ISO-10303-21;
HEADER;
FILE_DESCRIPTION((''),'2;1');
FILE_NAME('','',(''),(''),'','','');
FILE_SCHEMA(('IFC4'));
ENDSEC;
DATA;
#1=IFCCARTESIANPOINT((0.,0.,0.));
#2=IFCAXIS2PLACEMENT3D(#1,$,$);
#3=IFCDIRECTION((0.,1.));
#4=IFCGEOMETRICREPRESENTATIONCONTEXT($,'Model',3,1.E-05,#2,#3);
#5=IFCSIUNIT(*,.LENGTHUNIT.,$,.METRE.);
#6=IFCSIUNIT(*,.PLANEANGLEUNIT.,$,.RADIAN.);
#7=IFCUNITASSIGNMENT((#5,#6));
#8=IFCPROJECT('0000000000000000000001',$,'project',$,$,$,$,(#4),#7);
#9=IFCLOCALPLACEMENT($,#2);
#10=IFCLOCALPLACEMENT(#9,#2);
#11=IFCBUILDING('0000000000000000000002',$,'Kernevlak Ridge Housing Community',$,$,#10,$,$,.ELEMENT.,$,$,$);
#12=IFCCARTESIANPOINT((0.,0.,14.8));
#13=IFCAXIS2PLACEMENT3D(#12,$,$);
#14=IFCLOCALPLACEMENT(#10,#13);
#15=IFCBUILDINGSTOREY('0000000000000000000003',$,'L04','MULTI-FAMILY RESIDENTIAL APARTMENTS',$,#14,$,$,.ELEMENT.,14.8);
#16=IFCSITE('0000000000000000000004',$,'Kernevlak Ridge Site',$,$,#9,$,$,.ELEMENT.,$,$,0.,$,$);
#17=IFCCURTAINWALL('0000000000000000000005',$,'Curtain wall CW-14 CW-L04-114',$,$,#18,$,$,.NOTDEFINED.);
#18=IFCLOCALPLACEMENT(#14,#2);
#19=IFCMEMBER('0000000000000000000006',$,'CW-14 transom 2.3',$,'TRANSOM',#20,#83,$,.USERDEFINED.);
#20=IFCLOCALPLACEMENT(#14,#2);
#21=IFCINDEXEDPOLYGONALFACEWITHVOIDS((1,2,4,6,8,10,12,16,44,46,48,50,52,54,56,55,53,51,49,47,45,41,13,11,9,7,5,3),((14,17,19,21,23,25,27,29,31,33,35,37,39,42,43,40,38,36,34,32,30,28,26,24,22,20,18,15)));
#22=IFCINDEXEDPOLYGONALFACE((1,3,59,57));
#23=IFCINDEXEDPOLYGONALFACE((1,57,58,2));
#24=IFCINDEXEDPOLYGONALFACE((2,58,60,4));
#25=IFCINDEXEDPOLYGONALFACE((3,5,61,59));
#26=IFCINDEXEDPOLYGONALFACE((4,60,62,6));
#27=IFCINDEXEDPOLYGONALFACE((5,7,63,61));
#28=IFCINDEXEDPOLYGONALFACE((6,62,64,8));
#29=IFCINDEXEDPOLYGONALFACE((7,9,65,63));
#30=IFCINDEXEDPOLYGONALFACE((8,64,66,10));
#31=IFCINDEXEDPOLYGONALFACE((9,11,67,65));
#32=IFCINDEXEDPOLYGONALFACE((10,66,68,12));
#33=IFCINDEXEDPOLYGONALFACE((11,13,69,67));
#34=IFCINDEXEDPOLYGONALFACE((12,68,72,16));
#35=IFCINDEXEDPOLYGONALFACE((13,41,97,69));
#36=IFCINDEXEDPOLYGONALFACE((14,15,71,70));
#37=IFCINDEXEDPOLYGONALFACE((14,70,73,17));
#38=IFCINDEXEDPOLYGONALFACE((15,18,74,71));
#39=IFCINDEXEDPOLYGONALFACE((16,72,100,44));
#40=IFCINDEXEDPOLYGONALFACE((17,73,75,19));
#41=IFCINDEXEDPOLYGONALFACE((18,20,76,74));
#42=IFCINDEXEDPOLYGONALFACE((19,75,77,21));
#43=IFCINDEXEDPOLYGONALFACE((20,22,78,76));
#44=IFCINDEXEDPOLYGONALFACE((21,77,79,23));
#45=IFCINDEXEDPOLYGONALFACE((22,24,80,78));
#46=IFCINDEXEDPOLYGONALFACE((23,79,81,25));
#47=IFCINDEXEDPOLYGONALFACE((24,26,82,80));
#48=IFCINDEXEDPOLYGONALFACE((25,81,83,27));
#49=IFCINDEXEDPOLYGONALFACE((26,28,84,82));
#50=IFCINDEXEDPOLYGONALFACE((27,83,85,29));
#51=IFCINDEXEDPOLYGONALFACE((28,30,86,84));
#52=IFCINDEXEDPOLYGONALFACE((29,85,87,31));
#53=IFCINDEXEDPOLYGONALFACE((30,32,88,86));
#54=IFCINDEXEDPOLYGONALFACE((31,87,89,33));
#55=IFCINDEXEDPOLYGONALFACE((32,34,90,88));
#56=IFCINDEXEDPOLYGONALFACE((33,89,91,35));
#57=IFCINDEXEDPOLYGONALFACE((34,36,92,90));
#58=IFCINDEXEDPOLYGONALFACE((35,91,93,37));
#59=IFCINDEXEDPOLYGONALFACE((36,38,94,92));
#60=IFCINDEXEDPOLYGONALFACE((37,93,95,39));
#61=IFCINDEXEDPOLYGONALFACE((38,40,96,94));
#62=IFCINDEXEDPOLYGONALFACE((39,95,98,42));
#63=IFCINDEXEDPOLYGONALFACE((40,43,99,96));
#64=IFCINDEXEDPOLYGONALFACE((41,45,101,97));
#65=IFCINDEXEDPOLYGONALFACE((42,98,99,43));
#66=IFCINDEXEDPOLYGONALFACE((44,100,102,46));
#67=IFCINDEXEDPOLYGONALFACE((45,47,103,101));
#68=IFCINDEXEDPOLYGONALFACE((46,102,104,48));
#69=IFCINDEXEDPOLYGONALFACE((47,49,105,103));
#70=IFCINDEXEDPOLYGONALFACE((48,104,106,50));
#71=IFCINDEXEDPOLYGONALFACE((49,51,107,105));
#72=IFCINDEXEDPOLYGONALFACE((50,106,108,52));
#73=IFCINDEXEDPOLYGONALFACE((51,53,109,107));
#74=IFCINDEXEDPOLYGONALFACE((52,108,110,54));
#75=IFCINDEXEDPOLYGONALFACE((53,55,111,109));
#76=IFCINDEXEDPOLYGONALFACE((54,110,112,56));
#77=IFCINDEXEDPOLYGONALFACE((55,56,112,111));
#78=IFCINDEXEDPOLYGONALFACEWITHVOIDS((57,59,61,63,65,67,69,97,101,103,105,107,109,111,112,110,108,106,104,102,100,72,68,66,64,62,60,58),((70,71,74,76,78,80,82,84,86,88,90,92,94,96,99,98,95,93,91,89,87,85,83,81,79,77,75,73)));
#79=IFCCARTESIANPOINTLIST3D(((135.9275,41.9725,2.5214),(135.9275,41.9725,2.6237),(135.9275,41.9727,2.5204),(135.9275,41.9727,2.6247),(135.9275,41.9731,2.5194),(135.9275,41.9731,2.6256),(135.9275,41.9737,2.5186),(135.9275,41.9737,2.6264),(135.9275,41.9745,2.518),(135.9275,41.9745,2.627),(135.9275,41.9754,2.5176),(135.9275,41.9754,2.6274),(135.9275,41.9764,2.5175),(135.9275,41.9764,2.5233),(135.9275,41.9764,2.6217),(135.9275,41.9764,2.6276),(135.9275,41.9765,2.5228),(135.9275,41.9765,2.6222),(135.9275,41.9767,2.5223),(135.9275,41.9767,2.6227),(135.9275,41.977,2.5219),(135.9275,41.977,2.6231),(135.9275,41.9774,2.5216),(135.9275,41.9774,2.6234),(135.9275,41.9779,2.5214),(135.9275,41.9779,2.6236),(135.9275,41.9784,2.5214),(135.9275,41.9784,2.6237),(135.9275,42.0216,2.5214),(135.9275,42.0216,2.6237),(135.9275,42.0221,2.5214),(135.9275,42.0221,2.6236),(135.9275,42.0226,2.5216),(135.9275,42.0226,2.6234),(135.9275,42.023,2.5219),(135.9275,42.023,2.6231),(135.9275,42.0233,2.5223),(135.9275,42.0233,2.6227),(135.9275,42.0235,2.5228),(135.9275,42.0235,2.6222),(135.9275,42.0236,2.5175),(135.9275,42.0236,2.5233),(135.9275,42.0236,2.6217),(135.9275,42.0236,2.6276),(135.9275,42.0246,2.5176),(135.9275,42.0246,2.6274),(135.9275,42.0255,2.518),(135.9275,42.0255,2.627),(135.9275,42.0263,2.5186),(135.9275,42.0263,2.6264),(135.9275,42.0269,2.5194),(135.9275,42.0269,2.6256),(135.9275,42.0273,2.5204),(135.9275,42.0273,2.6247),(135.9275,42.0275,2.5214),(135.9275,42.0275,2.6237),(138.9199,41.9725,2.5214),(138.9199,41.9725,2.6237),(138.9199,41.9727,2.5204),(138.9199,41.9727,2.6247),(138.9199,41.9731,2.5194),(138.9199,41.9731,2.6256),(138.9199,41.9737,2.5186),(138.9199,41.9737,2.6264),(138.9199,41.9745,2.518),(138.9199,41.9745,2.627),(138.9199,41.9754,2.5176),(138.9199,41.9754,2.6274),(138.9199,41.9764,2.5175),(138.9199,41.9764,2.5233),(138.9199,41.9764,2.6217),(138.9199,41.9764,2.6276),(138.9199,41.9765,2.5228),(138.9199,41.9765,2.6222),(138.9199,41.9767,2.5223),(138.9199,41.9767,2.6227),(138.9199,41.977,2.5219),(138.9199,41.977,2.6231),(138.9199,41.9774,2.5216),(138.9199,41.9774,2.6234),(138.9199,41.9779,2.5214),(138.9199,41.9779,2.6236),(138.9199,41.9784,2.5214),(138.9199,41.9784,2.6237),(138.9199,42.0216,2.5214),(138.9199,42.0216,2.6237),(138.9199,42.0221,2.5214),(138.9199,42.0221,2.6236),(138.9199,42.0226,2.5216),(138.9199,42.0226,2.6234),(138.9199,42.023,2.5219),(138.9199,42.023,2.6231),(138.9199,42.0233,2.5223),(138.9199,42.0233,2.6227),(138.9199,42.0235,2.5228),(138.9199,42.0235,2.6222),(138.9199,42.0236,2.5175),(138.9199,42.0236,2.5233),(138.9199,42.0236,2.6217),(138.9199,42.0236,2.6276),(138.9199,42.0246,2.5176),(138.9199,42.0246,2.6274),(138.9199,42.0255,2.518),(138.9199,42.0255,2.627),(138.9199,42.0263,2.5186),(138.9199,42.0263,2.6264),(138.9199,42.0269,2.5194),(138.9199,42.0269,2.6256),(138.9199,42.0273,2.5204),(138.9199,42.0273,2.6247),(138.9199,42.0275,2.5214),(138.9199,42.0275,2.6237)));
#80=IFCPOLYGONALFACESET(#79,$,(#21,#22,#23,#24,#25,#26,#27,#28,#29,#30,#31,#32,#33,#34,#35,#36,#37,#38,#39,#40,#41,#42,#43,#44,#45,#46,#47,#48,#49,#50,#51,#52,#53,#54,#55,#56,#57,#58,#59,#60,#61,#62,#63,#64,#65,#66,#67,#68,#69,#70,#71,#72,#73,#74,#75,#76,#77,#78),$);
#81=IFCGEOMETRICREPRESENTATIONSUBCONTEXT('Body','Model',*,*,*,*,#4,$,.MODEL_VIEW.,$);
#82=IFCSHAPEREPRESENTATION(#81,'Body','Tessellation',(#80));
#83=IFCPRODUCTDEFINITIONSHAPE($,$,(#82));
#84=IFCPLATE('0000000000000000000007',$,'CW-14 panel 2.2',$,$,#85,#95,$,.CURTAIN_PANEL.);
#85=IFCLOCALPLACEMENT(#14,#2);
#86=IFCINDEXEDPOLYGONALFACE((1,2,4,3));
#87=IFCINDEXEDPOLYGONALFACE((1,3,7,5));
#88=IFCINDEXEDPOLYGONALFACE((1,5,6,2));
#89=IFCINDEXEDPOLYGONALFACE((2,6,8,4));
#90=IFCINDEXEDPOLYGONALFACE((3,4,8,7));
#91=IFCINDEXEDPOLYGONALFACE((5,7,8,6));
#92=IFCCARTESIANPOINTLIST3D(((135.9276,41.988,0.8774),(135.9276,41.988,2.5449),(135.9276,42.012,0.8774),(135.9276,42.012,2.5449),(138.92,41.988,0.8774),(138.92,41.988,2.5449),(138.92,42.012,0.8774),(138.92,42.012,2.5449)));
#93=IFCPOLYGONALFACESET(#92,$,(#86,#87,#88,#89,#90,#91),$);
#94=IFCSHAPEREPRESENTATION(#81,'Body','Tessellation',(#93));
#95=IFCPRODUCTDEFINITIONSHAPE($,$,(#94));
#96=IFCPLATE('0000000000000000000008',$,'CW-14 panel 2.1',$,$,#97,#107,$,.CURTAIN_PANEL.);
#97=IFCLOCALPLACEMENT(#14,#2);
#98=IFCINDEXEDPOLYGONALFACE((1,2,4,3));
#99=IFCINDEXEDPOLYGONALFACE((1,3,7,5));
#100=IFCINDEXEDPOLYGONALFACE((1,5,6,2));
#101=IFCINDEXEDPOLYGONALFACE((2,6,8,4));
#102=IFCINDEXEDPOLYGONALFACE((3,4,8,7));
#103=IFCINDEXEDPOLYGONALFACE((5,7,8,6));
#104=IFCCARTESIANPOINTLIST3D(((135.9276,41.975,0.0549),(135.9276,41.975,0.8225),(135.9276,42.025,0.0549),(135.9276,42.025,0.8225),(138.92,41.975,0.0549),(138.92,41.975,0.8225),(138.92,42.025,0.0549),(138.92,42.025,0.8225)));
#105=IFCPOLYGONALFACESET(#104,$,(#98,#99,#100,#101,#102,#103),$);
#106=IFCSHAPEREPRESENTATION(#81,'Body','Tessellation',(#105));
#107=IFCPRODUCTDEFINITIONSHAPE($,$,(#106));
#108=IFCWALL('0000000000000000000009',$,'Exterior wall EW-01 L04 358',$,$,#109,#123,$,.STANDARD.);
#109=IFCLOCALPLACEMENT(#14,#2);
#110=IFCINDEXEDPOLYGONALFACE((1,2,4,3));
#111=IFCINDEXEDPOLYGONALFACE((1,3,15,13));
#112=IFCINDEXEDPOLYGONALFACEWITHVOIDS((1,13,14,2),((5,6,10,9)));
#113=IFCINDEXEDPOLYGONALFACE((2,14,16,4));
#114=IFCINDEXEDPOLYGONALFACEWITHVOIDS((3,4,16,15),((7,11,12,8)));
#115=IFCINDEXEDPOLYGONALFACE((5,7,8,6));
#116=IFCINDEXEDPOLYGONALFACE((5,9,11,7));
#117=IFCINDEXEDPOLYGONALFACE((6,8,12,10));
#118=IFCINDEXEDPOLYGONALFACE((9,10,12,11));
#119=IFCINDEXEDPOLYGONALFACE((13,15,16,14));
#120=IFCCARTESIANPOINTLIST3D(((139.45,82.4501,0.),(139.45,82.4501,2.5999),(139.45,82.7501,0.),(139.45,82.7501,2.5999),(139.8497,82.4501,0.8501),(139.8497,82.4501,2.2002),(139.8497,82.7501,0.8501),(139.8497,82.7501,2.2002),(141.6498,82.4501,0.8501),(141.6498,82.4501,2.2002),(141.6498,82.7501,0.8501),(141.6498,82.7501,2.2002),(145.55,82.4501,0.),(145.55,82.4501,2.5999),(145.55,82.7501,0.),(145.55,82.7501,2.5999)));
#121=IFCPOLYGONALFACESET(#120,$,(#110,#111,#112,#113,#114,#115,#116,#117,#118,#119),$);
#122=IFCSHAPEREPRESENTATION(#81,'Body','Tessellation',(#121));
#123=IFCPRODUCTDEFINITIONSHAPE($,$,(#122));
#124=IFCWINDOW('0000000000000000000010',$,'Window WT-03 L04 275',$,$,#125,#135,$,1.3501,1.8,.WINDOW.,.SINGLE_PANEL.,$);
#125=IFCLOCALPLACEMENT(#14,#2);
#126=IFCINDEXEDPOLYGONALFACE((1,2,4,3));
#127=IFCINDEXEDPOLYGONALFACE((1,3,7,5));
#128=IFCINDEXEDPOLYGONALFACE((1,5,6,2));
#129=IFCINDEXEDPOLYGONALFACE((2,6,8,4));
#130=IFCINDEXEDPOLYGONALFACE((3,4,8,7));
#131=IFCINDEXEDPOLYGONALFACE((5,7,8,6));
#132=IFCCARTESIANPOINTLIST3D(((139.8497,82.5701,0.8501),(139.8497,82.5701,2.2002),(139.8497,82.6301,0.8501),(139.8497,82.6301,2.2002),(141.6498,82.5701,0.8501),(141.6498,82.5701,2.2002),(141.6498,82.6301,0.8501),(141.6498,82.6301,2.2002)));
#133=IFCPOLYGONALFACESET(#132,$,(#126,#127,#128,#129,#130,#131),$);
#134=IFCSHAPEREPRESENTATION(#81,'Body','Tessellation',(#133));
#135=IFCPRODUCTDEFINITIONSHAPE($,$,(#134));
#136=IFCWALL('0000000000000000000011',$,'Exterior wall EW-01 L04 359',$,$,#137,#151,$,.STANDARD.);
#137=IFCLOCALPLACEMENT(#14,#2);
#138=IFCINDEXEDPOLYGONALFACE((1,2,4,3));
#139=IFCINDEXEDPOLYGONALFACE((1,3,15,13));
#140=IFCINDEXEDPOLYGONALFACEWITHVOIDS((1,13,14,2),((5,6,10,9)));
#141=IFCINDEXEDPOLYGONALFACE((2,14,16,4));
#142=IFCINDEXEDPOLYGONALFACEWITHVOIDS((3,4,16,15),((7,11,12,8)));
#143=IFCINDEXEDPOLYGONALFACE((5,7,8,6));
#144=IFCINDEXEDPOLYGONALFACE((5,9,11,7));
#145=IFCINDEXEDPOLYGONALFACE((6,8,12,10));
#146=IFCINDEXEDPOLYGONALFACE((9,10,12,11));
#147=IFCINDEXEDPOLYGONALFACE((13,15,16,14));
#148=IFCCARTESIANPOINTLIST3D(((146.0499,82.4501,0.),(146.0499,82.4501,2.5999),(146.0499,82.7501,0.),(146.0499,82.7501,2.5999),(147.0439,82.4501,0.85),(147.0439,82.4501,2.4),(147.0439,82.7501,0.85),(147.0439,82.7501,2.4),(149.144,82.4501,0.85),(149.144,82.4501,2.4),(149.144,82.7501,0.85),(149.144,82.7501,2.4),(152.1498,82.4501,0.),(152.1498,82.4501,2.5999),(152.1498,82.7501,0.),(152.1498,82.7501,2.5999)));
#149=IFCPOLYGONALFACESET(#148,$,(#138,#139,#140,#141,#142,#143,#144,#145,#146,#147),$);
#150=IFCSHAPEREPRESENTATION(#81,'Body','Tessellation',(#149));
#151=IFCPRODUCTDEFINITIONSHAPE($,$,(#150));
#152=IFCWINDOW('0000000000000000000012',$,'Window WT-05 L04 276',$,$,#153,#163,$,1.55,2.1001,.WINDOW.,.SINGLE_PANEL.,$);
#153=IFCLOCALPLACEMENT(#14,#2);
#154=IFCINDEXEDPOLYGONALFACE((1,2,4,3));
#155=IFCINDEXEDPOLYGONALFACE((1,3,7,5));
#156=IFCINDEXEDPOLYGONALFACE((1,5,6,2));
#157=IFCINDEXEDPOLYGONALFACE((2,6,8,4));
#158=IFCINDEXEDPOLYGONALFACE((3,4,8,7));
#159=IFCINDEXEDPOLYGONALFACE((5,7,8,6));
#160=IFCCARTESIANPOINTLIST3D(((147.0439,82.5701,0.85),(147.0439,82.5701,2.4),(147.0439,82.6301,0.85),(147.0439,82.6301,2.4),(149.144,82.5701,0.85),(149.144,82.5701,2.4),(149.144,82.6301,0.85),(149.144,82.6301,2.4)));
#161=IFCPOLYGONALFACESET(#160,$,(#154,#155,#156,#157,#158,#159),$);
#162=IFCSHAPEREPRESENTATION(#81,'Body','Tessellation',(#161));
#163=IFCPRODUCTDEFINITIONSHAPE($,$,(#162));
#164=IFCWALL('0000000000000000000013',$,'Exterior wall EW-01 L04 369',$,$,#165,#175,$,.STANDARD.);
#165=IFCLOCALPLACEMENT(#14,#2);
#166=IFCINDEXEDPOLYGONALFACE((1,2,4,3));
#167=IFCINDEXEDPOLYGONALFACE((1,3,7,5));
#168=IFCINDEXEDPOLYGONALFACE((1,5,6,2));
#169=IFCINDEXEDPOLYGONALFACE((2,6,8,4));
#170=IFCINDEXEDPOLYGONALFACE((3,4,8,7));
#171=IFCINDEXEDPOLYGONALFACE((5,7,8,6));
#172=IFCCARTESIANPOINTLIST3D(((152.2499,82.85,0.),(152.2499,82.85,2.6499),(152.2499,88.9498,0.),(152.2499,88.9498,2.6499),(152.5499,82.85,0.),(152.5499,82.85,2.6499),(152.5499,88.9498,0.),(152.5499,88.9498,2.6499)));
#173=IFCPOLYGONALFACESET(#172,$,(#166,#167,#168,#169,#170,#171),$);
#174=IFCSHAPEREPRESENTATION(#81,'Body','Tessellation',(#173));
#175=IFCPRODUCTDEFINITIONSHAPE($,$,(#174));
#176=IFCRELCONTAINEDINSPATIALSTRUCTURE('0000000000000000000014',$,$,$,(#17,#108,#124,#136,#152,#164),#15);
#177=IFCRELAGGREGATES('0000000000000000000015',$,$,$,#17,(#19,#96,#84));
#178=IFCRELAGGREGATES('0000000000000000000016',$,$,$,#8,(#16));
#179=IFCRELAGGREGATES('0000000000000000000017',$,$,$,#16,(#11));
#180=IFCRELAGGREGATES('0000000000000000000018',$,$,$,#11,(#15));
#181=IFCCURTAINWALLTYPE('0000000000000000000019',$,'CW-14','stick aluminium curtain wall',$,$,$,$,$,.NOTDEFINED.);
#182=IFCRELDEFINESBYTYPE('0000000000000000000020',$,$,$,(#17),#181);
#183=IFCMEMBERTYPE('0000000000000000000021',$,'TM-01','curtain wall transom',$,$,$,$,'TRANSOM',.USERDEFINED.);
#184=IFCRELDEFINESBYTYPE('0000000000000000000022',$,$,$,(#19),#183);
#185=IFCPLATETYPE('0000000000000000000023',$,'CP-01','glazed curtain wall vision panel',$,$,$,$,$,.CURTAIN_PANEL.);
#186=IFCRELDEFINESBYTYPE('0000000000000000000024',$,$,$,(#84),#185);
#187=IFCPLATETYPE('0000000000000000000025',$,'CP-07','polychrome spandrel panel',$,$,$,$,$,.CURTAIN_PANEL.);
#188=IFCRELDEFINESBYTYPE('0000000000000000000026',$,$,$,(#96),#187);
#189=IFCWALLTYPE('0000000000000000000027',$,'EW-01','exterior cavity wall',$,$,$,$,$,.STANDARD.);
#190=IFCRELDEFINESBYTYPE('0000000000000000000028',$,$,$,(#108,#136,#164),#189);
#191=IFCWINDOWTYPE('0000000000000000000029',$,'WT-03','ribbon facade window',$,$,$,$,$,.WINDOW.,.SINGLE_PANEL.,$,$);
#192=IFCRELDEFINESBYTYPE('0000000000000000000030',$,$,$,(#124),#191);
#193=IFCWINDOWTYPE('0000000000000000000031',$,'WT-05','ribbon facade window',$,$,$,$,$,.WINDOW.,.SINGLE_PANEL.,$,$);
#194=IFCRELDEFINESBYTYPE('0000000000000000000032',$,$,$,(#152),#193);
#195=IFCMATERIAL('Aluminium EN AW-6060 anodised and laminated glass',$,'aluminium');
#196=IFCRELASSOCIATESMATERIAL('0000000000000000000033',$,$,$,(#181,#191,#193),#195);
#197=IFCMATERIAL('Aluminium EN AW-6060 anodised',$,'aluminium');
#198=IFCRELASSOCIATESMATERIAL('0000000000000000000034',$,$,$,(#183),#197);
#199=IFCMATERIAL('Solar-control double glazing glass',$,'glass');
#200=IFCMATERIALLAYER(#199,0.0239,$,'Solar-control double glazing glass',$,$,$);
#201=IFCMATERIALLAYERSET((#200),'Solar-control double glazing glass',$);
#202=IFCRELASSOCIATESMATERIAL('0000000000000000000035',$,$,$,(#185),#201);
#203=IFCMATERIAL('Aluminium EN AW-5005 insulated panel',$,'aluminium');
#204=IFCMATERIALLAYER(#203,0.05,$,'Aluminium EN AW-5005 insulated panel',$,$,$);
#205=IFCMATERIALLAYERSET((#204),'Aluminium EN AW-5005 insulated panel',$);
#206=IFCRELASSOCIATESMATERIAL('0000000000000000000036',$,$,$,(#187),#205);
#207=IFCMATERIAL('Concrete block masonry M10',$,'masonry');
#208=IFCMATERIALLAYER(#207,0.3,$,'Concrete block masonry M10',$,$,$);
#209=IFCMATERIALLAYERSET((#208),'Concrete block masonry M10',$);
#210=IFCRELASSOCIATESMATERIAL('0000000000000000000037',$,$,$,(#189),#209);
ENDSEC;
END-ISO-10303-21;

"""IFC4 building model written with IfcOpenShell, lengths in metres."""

from ifc_helpers import new_model, si_unit, direction, frame, frame_2d, origin, origin_2d, place, context, subcontext, project, spatial, rectangle, hollow_rectangle, extrude, material, layer, layer_set, material_profile, profile_set, type_object, element, fill, aggregate, save


model = new_model("IFC4")

# Units and contexts
model_context = context("Model", 3, precision=1e-05, world=origin(), true_north=direction((0.0, 1.0)))
body_context = subcontext(model_context, "Body", "Model", "MODEL_VIEW")
ifc_project = project(units=[si_unit("LENGTHUNIT", "METRE"), si_unit("PLANEANGLEUNIT", "RADIAN")], contexts=[model_context])

# Site, building, storey
site_placement = place(None, origin())
site = spatial("IfcSite", under=ifc_project, at=site_placement, Name="Kernevlak Ridge Site", CompositionType="ELEMENT", RefElevation=0.0)
building_placement = place(site_placement, origin())
building = spatial("IfcBuilding", under=site, at=building_placement, Name="Kernevlak Ridge Housing Community", CompositionType="ELEMENT")
storey_placement = place(building_placement, frame((0.0, 0.0, 14.8)))
storey = spatial("IfcBuildingStorey", under=building, at=storey_placement, Name="L04", Description="MULTI-FAMILY RESIDENTIAL APARTMENTS", CompositionType="ELEMENT", Elevation=14.8)

# Curtain wall
ifc_material_1 = material(Name="Aluminium EN AW-6060 anodised and laminated glass", Category="aluminium")
curtain_wall_type = type_object("IfcCurtainWallType", Name="CW-14", Description="stick aluminium curtain wall", PredefinedType="NOTDEFINED", material=ifc_material_1)
curtain_wall_placement = place(storey_placement, origin())
curtain_wall = element("IfcCurtainWall", 1, at=curtain_wall_placement, inside=storey, type_object=curtain_wall_type, Name="Curtain wall CW-14 CW-L04-114", PredefinedType="NOTDEFINED")
ifc_material_2 = material(Name="Aluminium EN AW-6060 anodised", Category="aluminium")

# Member
ifc_material_profile_1 = material_profile(ifc_material_2, hollow_rectangle(XDim=0.0549, YDim=0.1101, WallThickness=0.0039, InnerFilletRadius=0.002, OuterFilletRadius=0.0039, at=origin_2d()), Name="ALU 55x110x4")
ifc_profile_set_1 = profile_set([ifc_material_profile_1], Name="Aluminium EN AW-6060 anodised")
member_type_1 = type_object("IfcMemberType", Name="TM-01", Description="curtain wall transom", ElementType="TRANSOM", PredefinedType="USERDEFINED", material=ifc_profile_set_1)
member_1_placement = place(storey_placement, frame((135.9275, 42.0, 2.5725), z_axis=(1.0, 0.0, 0.0), x_axis=(0.0, 1.0, 0.0)))
member_1 = element("IfcMember", 2, at=member_1_placement, type_object=member_type_1, Name="CW-14 transom 2.3", ObjectType="TRANSOM", PredefinedType="USERDEFINED", context=body_context, shape_type="SweptSolid", body=[
    extrude(hollow_rectangle(XDim=0.0549, YDim=0.1101, WallThickness=0.0039, InnerFilletRadius=0.002, OuterFilletRadius=0.0039, at=origin_2d()), origin(), (0.0, 0.0, 1.0), 2.9924),
])

# Plates
ifc_material_3 = material(Name="Solar-control double glazing glass", Category="glass")
ifc_layer_1 = layer(ifc_material_3, 0.0239, Name="Solar-control double glazing glass")
ifc_layer_set_1 = layer_set([ifc_layer_1], Name="Solar-control double glazing glass")
plate_type_1 = type_object("IfcPlateType", Name="CP-01", Description="glazed curtain wall vision panel", PredefinedType="CURTAIN_PANEL", material=ifc_layer_set_1)
plate_1_placement = place(storey_placement, frame((137.4238, 42.0, 0.8774), z_axis=(0.0, 0.0, 1.0), x_axis=(1.0, 0.0, 0.0)))
plate_1 = element("IfcPlate", 3, at=plate_1_placement, type_object=plate_type_1, Name="CW-14 panel 2.2", PredefinedType="CURTAIN_PANEL", context=body_context, shape_type="SweptSolid", body=[
    extrude(rectangle(XDim=2.9924, YDim=0.0239, at=origin_2d()), origin(), (0.0, 0.0, 1.0), 1.6675),
])
ifc_material_4 = material(Name="Aluminium EN AW-5005 insulated panel", Category="aluminium")
ifc_layer_2 = layer(ifc_material_4, 0.05, Name="Aluminium EN AW-5005 insulated panel")
ifc_layer_set_2 = layer_set([ifc_layer_2], Name="Aluminium EN AW-5005 insulated panel")
plate_type_2 = type_object("IfcPlateType", Name="CP-07", Description="polychrome spandrel panel", PredefinedType="CURTAIN_PANEL", material=ifc_layer_set_2)
plate_2_placement = place(storey_placement, frame((137.4238, 42.0, 0.0549), z_axis=(0.0, 0.0, 1.0), x_axis=(1.0, 0.0, 0.0)))
plate_2 = element("IfcPlate", 4, at=plate_2_placement, type_object=plate_type_2, Name="CW-14 panel 2.1", PredefinedType="CURTAIN_PANEL", context=body_context, shape_type="SweptSolid", body=[
    extrude(rectangle(XDim=2.9924, YDim=0.05, at=origin_2d()), origin(), (0.0, 0.0, 1.0), 0.7676),
])
aggregate(curtain_wall, [member_1, plate_2, plate_1])

# Walls, openings, windows
ifc_material_5 = material(Name="Concrete block masonry M10", Category="masonry")
ifc_layer_3 = layer(ifc_material_5, 0.3, Name="Concrete block masonry M10")
ifc_layer_set_3 = layer_set([ifc_layer_3], Name="Concrete block masonry M10")
wall_type_1 = type_object("IfcWallType", Name="EW-01", Description="exterior cavity wall", PredefinedType="STANDARD", material=ifc_layer_set_3)
wall_1_placement = place(storey_placement, frame((139.45, 82.6001, 0.0), z_axis=(0.0, 0.0, 1.0), x_axis=(1.0, 0.0, 0.0)))
wall_1 = element("IfcWall", 5, at=wall_1_placement, inside=storey, type_object=wall_type_1, Name="Exterior wall EW-01 L04 358", PredefinedType="STANDARD", context=body_context, shape_type="SweptSolid", body=[
    extrude(rectangle(XDim=6.1001, YDim=0.3, at=frame_2d((3.05, 0.0))), origin(), (0.0, 0.0, 1.0), 2.5999),
])
opening_1_placement = place(wall_1_placement, frame((0.3999, 0.0, 0.8501)))
opening_1 = element("IfcOpeningElement", 6, at=opening_1_placement, cuts=wall_1, PredefinedType="OPENING", context=body_context, shape_type="SweptSolid", body=[
    extrude(rectangle(XDim=1.8, YDim=1.3501, at=frame_2d((0.8999, 0.675))), frame((0.0, 0.1599, 0.0), z_axis=(0.0, -1.0, 0.0), x_axis=(1.0, 0.0, 0.0)), (0.0, 0.0, 1.0), 0.3201),
])
window_type_1 = type_object("IfcWindowType", Name="WT-03", Description="ribbon facade window", PartitioningType="SINGLE_PANEL", PredefinedType="WINDOW", material=ifc_material_1)
window_1_placement = place(opening_1_placement, origin())
window_1 = element("IfcWindow", 7, at=window_1_placement, inside=storey, type_object=window_type_1, Name="Window WT-03 L04 275", OverallHeight=1.3501, OverallWidth=1.8, PartitioningType="SINGLE_PANEL", PredefinedType="WINDOW", context=body_context, shape_type="SweptSolid", body=[
    extrude(rectangle(XDim=1.8, YDim=1.3501, at=frame_2d((0.8999, 0.675))), frame((0.0, 0.03, 0.0), z_axis=(0.0, -1.0, 0.0), x_axis=(1.0, 0.0, 0.0)), (0.0, 0.0, 1.0), 0.0601),
])
fill(opening_1, window_1)
wall_2_placement = place(storey_placement, frame((146.05, 82.6001, 0.0), z_axis=(0.0, 0.0, 1.0), x_axis=(1.0, 0.0, 0.0)))
wall_2 = element("IfcWall", 8, at=wall_2_placement, inside=storey, type_object=wall_type_1, Name="Exterior wall EW-01 L04 359", PredefinedType="STANDARD", context=body_context, shape_type="SweptSolid", body=[
    extrude(rectangle(XDim=6.0999, YDim=0.3, at=frame_2d((3.0498, 0.0))), origin(), (0.0, 0.0, 1.0), 2.5999),
])
opening_2_placement = place(wall_2_placement, frame((0.9939, 0.0, 0.8501)))
opening_2 = element("IfcOpeningElement", 9, at=opening_2_placement, cuts=wall_2, PredefinedType="OPENING", context=body_context, shape_type="SweptSolid", body=[
    extrude(rectangle(XDim=2.1001, YDim=1.55, at=frame_2d((1.05, 0.7749))), frame((0.0, 0.1599, 0.0), z_axis=(0.0, -1.0, 0.0), x_axis=(1.0, 0.0, 0.0)), (0.0, 0.0, 1.0), 0.3201),
])
window_type_2 = type_object("IfcWindowType", Name="WT-05", Description="ribbon facade window", PartitioningType="SINGLE_PANEL", PredefinedType="WINDOW", material=ifc_material_1)
window_2_placement = place(opening_2_placement, origin())
window_2 = element("IfcWindow", 10, at=window_2_placement, inside=storey, type_object=window_type_2, Name="Window WT-05 L04 276", OverallHeight=1.55, OverallWidth=2.1001, PartitioningType="SINGLE_PANEL", PredefinedType="WINDOW", context=body_context, shape_type="SweptSolid", body=[
    extrude(rectangle(XDim=2.1001, YDim=1.55, at=frame_2d((1.05, 0.7749))), frame((0.0, 0.03, 0.0), z_axis=(0.0, -1.0, 0.0), x_axis=(1.0, 0.0, 0.0)), (0.0, 0.0, 1.0), 0.0601),
])
fill(opening_2, window_2)

# Wall
wall_3_placement = place(storey_placement, frame((152.3999, 82.8501, 0.0), z_axis=(0.0, 0.0, 1.0), x_axis=(0.0, 1.0, 0.0)))
element("IfcWall", 11, at=wall_3_placement, inside=storey, type_object=wall_type_1, Name="Exterior wall EW-01 L04 369", PredefinedType="STANDARD", context=body_context, shape_type="SweptSolid", body=[
    extrude(rectangle(XDim=6.0999, YDim=0.3, at=frame_2d((3.0498, 0.0))), origin(), (0.0, 0.0, 1.0), 2.6499),
])

save(model, "model.ifc")
